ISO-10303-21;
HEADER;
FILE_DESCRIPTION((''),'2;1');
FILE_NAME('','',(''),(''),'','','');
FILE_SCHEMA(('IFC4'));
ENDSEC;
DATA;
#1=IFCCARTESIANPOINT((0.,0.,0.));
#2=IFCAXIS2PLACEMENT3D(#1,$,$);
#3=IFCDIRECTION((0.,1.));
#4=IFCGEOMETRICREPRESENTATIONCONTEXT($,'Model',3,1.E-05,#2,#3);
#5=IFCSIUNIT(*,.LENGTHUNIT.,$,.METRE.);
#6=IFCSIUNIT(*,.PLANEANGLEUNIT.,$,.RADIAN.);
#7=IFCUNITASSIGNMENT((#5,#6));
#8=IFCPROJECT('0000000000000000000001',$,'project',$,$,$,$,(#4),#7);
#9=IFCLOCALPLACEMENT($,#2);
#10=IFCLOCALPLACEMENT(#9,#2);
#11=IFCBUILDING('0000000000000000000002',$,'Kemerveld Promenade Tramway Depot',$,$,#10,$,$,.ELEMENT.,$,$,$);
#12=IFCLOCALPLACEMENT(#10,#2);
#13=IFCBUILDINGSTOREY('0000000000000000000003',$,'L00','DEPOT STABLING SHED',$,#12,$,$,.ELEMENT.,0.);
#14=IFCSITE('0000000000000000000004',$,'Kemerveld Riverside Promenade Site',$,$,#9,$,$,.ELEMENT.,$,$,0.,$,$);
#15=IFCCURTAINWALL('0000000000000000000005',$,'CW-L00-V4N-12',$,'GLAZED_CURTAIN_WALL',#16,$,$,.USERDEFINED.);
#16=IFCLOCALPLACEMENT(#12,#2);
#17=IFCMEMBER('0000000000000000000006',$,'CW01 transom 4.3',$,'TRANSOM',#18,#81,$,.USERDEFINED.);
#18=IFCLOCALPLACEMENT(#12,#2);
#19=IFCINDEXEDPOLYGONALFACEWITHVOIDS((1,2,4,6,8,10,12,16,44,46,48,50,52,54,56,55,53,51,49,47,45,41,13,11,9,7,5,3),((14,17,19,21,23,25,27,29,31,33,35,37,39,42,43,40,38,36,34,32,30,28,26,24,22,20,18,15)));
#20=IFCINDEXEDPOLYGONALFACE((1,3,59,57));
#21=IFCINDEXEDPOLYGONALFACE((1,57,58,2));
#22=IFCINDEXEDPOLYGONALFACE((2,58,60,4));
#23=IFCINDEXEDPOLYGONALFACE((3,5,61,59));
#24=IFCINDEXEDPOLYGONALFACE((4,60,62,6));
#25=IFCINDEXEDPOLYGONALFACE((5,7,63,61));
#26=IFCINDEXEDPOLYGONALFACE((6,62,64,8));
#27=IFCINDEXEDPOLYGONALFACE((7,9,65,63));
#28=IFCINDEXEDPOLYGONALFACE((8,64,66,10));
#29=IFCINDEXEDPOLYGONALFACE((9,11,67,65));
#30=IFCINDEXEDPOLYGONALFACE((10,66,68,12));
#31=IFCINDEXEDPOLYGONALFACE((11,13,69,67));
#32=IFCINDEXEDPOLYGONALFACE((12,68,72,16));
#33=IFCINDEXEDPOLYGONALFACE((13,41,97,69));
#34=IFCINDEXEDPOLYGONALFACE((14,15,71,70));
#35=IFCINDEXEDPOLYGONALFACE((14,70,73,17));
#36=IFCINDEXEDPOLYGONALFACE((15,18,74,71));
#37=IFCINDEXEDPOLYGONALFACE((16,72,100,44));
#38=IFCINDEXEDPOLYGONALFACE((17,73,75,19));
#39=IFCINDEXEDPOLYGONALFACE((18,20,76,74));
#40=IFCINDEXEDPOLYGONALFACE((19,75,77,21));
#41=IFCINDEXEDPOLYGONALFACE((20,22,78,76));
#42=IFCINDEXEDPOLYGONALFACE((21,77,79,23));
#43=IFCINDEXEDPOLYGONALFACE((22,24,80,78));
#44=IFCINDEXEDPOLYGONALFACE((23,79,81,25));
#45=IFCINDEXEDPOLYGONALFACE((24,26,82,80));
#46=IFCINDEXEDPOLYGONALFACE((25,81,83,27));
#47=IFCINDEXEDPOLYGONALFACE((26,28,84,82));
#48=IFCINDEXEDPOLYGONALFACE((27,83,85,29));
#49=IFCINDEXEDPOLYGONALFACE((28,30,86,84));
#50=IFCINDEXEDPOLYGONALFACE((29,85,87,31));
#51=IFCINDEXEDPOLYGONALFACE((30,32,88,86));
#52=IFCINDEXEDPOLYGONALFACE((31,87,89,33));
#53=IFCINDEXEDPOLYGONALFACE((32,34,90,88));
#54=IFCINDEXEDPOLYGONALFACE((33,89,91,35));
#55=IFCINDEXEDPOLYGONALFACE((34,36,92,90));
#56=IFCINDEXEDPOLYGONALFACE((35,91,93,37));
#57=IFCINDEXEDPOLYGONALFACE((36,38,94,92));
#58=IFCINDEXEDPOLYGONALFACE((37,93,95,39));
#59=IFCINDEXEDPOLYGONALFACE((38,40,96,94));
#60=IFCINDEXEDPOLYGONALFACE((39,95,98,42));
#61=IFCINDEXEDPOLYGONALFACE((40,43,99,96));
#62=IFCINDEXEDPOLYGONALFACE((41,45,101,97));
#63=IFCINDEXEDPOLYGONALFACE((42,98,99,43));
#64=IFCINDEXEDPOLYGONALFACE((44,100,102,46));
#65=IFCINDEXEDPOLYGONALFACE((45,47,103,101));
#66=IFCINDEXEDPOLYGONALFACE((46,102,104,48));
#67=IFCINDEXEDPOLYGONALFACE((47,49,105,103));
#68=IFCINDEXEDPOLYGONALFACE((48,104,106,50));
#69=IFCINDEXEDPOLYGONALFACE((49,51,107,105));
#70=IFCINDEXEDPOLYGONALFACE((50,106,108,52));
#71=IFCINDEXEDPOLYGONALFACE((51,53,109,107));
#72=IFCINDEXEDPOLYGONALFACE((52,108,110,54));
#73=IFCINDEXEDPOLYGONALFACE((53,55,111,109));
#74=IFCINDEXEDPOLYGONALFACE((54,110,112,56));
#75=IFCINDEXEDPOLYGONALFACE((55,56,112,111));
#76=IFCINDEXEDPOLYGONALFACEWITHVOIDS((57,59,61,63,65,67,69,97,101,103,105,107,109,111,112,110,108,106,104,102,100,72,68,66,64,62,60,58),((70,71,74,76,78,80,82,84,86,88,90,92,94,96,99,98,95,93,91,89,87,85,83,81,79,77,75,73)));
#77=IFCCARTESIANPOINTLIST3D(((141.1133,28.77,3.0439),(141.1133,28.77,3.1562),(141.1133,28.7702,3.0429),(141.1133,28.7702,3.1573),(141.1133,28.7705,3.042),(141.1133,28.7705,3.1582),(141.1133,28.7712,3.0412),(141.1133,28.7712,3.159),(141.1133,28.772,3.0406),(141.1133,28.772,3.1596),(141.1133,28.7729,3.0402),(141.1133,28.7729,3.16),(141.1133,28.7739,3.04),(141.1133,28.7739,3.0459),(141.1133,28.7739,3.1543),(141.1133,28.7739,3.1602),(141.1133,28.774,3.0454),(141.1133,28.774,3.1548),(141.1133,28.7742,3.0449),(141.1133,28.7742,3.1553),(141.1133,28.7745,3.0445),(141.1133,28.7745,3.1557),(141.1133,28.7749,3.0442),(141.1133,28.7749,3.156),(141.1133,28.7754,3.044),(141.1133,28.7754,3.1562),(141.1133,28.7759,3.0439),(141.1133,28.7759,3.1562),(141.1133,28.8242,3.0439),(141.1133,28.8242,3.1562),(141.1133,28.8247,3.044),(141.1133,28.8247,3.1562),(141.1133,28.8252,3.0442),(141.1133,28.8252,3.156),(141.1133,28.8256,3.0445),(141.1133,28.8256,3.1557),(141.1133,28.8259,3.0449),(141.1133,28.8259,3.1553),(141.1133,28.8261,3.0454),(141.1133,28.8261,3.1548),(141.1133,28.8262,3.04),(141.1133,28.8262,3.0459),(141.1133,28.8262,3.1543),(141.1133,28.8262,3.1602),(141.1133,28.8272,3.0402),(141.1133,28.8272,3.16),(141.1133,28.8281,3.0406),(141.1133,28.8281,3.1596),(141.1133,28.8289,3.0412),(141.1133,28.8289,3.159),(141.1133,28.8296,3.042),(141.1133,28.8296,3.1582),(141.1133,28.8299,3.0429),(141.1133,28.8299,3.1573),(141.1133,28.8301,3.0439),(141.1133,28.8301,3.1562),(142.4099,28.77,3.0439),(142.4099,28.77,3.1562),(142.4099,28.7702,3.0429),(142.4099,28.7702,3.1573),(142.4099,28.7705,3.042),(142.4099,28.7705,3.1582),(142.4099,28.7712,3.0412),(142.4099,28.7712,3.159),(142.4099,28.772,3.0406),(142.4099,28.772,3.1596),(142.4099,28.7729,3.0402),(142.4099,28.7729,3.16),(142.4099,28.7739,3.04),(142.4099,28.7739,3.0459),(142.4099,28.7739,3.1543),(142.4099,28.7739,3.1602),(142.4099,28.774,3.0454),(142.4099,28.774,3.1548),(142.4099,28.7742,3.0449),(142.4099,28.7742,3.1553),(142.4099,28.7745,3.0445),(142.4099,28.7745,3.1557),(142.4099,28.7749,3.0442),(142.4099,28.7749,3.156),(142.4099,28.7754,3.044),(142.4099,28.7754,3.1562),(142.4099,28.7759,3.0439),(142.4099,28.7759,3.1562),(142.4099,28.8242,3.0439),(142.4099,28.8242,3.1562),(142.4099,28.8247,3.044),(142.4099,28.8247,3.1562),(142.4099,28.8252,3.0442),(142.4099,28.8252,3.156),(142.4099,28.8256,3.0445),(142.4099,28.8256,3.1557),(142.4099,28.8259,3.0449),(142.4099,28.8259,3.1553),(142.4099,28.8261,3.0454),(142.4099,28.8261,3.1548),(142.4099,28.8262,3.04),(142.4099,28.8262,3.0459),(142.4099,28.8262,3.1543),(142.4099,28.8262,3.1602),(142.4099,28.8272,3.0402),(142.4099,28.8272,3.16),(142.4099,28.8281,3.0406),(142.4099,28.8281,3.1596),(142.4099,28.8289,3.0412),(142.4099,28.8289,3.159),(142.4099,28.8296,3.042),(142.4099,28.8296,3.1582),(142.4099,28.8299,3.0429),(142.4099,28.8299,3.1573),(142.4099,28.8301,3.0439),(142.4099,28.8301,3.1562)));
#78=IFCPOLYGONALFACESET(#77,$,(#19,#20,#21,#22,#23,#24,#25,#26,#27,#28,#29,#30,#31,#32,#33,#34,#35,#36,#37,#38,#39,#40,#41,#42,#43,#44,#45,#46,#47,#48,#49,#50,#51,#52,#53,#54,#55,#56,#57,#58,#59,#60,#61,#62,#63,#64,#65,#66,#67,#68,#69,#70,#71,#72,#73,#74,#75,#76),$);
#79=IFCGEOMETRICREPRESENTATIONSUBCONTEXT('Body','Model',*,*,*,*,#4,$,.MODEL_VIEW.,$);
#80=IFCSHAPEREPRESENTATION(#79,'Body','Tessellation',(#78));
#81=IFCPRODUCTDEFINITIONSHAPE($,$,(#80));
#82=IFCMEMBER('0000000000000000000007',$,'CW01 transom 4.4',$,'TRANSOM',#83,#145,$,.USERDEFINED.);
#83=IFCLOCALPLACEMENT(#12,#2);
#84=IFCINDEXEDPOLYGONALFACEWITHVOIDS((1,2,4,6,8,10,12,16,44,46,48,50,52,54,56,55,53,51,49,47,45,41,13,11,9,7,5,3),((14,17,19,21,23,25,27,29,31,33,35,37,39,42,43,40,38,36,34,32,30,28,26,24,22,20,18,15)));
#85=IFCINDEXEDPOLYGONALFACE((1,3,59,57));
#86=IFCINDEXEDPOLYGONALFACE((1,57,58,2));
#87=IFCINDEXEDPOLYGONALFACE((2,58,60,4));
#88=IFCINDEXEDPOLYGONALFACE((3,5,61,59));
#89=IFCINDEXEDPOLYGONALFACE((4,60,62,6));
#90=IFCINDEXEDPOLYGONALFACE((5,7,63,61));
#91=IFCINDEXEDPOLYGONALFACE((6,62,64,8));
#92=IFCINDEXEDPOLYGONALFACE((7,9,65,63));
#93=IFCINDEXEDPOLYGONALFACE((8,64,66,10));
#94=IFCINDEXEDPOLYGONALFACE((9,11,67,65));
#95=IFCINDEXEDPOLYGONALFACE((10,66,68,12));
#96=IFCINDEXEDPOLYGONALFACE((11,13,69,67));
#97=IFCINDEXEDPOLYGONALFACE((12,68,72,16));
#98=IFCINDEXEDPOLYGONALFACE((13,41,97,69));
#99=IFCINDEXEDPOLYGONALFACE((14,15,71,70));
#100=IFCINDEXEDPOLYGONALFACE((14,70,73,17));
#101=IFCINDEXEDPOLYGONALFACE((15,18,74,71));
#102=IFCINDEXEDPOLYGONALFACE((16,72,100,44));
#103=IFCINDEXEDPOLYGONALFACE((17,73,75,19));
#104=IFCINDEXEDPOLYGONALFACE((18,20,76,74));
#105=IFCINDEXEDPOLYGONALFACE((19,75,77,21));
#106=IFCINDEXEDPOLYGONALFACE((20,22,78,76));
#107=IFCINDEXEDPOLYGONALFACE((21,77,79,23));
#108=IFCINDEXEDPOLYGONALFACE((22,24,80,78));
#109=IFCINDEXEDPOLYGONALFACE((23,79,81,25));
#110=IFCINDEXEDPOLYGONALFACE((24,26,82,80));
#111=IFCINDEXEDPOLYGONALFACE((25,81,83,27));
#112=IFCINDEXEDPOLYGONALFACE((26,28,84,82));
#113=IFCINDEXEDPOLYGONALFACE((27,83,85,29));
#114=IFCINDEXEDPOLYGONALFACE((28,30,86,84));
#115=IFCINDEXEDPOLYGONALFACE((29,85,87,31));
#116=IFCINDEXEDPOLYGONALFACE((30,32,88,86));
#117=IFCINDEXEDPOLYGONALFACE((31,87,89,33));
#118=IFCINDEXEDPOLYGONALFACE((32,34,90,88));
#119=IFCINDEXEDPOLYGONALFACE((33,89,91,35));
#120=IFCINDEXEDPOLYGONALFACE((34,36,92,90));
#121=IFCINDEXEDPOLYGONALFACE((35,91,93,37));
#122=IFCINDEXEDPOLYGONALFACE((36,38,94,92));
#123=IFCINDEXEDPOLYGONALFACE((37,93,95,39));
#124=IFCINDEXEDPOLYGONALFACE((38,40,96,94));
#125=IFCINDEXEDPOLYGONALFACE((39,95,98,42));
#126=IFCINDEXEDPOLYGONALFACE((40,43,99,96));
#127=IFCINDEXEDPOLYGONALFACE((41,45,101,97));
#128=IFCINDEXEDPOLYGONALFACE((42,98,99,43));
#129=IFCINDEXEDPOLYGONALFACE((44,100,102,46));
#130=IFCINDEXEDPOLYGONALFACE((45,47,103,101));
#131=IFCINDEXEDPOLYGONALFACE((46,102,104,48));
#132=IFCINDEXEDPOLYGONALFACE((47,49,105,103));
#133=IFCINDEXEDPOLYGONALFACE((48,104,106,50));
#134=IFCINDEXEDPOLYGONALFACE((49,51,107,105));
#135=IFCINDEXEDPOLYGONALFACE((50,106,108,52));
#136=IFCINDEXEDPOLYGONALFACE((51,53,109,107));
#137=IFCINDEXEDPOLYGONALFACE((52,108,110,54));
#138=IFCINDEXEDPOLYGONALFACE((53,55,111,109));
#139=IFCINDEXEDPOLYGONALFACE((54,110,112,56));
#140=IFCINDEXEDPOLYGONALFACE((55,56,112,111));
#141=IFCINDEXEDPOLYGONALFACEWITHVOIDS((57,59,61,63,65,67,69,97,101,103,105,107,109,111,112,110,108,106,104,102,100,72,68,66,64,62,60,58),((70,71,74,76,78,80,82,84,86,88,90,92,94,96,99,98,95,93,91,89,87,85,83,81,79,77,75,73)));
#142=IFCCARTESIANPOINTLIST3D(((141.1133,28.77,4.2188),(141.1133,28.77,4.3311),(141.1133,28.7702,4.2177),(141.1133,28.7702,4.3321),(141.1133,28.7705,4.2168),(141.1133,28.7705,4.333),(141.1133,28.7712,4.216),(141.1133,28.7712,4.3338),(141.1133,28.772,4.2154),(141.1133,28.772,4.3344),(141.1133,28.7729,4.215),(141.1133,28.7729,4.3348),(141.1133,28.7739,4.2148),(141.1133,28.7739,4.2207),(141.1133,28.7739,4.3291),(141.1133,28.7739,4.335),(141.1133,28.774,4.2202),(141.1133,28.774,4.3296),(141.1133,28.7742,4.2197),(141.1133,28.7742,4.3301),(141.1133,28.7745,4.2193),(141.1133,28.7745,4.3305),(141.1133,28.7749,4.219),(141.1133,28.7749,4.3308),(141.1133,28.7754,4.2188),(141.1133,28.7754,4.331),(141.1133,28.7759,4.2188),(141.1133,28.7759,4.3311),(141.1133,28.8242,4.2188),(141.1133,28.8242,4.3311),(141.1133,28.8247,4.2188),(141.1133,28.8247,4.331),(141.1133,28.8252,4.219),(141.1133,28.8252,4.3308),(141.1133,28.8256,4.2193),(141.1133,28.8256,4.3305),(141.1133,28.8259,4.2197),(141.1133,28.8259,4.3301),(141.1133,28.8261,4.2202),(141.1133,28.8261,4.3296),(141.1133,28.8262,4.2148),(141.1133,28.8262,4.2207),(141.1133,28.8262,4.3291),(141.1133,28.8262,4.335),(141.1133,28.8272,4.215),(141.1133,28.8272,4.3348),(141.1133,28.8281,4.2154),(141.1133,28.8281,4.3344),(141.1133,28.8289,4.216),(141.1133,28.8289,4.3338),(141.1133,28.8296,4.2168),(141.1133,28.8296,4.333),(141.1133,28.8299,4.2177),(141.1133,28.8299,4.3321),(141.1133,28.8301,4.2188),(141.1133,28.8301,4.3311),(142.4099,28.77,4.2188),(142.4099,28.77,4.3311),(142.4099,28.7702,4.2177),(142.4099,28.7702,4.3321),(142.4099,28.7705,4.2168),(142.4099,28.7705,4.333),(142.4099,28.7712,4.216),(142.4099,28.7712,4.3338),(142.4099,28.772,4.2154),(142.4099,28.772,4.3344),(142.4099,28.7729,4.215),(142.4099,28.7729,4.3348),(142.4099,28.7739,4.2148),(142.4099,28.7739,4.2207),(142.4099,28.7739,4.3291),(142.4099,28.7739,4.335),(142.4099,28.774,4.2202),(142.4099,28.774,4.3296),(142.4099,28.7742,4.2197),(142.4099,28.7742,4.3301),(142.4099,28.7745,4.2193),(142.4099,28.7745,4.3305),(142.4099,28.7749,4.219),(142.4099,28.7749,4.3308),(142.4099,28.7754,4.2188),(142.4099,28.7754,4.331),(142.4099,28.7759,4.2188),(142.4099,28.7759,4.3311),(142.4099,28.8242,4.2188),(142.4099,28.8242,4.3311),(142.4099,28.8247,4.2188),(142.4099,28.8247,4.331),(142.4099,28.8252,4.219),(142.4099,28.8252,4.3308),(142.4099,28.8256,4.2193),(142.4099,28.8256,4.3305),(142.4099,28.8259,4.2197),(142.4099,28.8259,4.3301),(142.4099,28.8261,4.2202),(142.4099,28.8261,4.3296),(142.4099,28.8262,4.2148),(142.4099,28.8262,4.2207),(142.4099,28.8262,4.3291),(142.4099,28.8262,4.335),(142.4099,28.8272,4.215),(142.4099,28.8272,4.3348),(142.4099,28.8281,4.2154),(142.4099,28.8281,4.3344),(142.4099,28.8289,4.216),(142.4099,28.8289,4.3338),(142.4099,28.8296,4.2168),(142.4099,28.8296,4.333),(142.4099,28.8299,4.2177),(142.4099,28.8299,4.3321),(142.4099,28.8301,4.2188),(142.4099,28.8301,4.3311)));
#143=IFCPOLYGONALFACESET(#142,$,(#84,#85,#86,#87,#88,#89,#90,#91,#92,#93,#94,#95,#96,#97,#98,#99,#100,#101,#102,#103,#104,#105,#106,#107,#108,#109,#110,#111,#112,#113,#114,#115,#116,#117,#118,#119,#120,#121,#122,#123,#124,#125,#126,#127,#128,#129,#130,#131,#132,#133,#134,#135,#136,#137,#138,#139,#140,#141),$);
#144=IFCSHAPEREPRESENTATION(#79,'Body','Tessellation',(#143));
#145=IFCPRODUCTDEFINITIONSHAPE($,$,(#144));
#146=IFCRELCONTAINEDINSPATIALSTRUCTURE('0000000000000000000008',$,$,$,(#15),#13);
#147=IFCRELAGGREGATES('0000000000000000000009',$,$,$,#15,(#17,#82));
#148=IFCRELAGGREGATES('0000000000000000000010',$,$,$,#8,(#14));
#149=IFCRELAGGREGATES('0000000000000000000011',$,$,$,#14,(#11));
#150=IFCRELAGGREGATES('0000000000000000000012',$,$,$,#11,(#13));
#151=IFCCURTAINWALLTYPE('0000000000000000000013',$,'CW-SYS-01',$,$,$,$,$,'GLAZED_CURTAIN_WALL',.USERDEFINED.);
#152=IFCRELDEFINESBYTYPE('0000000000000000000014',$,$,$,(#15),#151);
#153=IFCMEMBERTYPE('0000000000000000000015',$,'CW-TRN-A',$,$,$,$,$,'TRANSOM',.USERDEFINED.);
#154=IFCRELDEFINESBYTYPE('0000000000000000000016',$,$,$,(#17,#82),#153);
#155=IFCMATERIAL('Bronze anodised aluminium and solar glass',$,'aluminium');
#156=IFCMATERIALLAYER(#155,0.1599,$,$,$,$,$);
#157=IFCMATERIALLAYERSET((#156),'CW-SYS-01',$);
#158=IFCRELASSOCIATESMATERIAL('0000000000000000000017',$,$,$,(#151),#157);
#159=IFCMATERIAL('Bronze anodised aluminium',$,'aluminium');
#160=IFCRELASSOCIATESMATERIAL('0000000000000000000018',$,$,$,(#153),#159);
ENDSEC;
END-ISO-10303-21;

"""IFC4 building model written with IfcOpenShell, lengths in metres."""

from ifc_helpers import new_model, si_unit, direction, frame, origin, origin_2d, place, context, subcontext, project, spatial, hollow_rectangle, extrude, material, layer, layer_set, material_profile, profile_set, type_object, element, aggregate, save


model = new_model("IFC4")

# Units and contexts
model_context = context("Model", 3, precision=1e-05, world=origin(), true_north=direction((0.0, 1.0)))
body_context = subcontext(model_context, "Body", "Model", "MODEL_VIEW")
ifc_project = project(units=[si_unit("LENGTHUNIT", "METRE"), si_unit("PLANEANGLEUNIT", "RADIAN")], contexts=[model_context])

# Site, building, storey
site_placement = place(None, origin())
site = spatial("IfcSite", under=ifc_project, at=site_placement, Name="Kemerveld Riverside Promenade Site", CompositionType="ELEMENT", RefElevation=0.0)
building_placement = place(site_placement, origin())
building = spatial("IfcBuilding", under=site, at=building_placement, Name="Kemerveld Promenade Tramway Depot", CompositionType="ELEMENT")
storey_placement = place(building_placement, origin())
storey = spatial("IfcBuildingStorey", under=building, at=storey_placement, Name="L00", Description="DEPOT STABLING SHED", CompositionType="ELEMENT", Elevation=0.0)

# Curtain wall, members
ifc_material_1 = material(Name="Bronze anodised aluminium and solar glass", Category="aluminium")
ifc_layer_1 = layer(ifc_material_1, 0.1599)
ifc_layer_set_1 = layer_set([ifc_layer_1], Name="CW-SYS-01")
curtain_wall_type = type_object("IfcCurtainWallType", Name="CW-SYS-01", ElementType="GLAZED_CURTAIN_WALL", PredefinedType="USERDEFINED", material=ifc_layer_set_1)
curtain_wall_placement = place(storey_placement, origin())
curtain_wall = element("IfcCurtainWall", 1, at=curtain_wall_placement, inside=storey, type_object=curtain_wall_type, Name="CW-L00-V4N-12", ObjectType="GLAZED_CURTAIN_WALL", PredefinedType="USERDEFINED")
ifc_material_2 = material(Name="Bronze anodised aluminium", Category="aluminium")
ifc_material_profile_1 = material_profile(ifc_material_2, hollow_rectangle(XDim=0.0601, YDim=0.1201, WallThickness=0.0039, InnerFilletRadius=0.002, OuterFilletRadius=0.0039, at=origin_2d()), Name="CW-TRN-120x60")
ifc_profile_set_1 = profile_set([ifc_material_profile_1], Name="Bronze anodised aluminium")
member_type_1 = type_object("IfcMemberType", Name="CW-TRN-A", ElementType="TRANSOM", PredefinedType="USERDEFINED", material=ifc_profile_set_1)
member_1_placement = place(storey_placement, frame((141.1133, 28.8, 3.1001), z_axis=(1.0, 0.0, 0.0), x_axis=(0.0, 1.0, 0.0)))
member_1 = element("IfcMember", 2, at=member_1_placement, type_object=member_type_1, Name="CW01 transom 4.3", ObjectType="TRANSOM", PredefinedType="USERDEFINED", context=body_context, shape_type="SweptSolid", body=[
    extrude(hollow_rectangle(XDim=0.0601, YDim=0.1201, WallThickness=0.0039, InnerFilletRadius=0.002, OuterFilletRadius=0.0039, at=origin_2d()), origin(), (0.0, 0.0, 1.0), 1.2966),
])
member_2_placement = place(storey_placement, frame((141.1133, 28.8, 4.2749), z_axis=(1.0, 0.0, 0.0), x_axis=(0.0, 1.0, 0.0)))
member_2 = element("IfcMember", 3, at=member_2_placement, type_object=member_type_1, Name="CW01 transom 4.4", ObjectType="TRANSOM", PredefinedType="USERDEFINED", context=body_context, shape_type="SweptSolid", body=[
    extrude(hollow_rectangle(XDim=0.0601, YDim=0.1201, WallThickness=0.0039, InnerFilletRadius=0.002, OuterFilletRadius=0.0039, at=origin_2d()), origin(), (0.0, 0.0, 1.0), 1.2966),
])
aggregate(curtain_wall, [member_1, member_2])

save(model, "model.ifc")
